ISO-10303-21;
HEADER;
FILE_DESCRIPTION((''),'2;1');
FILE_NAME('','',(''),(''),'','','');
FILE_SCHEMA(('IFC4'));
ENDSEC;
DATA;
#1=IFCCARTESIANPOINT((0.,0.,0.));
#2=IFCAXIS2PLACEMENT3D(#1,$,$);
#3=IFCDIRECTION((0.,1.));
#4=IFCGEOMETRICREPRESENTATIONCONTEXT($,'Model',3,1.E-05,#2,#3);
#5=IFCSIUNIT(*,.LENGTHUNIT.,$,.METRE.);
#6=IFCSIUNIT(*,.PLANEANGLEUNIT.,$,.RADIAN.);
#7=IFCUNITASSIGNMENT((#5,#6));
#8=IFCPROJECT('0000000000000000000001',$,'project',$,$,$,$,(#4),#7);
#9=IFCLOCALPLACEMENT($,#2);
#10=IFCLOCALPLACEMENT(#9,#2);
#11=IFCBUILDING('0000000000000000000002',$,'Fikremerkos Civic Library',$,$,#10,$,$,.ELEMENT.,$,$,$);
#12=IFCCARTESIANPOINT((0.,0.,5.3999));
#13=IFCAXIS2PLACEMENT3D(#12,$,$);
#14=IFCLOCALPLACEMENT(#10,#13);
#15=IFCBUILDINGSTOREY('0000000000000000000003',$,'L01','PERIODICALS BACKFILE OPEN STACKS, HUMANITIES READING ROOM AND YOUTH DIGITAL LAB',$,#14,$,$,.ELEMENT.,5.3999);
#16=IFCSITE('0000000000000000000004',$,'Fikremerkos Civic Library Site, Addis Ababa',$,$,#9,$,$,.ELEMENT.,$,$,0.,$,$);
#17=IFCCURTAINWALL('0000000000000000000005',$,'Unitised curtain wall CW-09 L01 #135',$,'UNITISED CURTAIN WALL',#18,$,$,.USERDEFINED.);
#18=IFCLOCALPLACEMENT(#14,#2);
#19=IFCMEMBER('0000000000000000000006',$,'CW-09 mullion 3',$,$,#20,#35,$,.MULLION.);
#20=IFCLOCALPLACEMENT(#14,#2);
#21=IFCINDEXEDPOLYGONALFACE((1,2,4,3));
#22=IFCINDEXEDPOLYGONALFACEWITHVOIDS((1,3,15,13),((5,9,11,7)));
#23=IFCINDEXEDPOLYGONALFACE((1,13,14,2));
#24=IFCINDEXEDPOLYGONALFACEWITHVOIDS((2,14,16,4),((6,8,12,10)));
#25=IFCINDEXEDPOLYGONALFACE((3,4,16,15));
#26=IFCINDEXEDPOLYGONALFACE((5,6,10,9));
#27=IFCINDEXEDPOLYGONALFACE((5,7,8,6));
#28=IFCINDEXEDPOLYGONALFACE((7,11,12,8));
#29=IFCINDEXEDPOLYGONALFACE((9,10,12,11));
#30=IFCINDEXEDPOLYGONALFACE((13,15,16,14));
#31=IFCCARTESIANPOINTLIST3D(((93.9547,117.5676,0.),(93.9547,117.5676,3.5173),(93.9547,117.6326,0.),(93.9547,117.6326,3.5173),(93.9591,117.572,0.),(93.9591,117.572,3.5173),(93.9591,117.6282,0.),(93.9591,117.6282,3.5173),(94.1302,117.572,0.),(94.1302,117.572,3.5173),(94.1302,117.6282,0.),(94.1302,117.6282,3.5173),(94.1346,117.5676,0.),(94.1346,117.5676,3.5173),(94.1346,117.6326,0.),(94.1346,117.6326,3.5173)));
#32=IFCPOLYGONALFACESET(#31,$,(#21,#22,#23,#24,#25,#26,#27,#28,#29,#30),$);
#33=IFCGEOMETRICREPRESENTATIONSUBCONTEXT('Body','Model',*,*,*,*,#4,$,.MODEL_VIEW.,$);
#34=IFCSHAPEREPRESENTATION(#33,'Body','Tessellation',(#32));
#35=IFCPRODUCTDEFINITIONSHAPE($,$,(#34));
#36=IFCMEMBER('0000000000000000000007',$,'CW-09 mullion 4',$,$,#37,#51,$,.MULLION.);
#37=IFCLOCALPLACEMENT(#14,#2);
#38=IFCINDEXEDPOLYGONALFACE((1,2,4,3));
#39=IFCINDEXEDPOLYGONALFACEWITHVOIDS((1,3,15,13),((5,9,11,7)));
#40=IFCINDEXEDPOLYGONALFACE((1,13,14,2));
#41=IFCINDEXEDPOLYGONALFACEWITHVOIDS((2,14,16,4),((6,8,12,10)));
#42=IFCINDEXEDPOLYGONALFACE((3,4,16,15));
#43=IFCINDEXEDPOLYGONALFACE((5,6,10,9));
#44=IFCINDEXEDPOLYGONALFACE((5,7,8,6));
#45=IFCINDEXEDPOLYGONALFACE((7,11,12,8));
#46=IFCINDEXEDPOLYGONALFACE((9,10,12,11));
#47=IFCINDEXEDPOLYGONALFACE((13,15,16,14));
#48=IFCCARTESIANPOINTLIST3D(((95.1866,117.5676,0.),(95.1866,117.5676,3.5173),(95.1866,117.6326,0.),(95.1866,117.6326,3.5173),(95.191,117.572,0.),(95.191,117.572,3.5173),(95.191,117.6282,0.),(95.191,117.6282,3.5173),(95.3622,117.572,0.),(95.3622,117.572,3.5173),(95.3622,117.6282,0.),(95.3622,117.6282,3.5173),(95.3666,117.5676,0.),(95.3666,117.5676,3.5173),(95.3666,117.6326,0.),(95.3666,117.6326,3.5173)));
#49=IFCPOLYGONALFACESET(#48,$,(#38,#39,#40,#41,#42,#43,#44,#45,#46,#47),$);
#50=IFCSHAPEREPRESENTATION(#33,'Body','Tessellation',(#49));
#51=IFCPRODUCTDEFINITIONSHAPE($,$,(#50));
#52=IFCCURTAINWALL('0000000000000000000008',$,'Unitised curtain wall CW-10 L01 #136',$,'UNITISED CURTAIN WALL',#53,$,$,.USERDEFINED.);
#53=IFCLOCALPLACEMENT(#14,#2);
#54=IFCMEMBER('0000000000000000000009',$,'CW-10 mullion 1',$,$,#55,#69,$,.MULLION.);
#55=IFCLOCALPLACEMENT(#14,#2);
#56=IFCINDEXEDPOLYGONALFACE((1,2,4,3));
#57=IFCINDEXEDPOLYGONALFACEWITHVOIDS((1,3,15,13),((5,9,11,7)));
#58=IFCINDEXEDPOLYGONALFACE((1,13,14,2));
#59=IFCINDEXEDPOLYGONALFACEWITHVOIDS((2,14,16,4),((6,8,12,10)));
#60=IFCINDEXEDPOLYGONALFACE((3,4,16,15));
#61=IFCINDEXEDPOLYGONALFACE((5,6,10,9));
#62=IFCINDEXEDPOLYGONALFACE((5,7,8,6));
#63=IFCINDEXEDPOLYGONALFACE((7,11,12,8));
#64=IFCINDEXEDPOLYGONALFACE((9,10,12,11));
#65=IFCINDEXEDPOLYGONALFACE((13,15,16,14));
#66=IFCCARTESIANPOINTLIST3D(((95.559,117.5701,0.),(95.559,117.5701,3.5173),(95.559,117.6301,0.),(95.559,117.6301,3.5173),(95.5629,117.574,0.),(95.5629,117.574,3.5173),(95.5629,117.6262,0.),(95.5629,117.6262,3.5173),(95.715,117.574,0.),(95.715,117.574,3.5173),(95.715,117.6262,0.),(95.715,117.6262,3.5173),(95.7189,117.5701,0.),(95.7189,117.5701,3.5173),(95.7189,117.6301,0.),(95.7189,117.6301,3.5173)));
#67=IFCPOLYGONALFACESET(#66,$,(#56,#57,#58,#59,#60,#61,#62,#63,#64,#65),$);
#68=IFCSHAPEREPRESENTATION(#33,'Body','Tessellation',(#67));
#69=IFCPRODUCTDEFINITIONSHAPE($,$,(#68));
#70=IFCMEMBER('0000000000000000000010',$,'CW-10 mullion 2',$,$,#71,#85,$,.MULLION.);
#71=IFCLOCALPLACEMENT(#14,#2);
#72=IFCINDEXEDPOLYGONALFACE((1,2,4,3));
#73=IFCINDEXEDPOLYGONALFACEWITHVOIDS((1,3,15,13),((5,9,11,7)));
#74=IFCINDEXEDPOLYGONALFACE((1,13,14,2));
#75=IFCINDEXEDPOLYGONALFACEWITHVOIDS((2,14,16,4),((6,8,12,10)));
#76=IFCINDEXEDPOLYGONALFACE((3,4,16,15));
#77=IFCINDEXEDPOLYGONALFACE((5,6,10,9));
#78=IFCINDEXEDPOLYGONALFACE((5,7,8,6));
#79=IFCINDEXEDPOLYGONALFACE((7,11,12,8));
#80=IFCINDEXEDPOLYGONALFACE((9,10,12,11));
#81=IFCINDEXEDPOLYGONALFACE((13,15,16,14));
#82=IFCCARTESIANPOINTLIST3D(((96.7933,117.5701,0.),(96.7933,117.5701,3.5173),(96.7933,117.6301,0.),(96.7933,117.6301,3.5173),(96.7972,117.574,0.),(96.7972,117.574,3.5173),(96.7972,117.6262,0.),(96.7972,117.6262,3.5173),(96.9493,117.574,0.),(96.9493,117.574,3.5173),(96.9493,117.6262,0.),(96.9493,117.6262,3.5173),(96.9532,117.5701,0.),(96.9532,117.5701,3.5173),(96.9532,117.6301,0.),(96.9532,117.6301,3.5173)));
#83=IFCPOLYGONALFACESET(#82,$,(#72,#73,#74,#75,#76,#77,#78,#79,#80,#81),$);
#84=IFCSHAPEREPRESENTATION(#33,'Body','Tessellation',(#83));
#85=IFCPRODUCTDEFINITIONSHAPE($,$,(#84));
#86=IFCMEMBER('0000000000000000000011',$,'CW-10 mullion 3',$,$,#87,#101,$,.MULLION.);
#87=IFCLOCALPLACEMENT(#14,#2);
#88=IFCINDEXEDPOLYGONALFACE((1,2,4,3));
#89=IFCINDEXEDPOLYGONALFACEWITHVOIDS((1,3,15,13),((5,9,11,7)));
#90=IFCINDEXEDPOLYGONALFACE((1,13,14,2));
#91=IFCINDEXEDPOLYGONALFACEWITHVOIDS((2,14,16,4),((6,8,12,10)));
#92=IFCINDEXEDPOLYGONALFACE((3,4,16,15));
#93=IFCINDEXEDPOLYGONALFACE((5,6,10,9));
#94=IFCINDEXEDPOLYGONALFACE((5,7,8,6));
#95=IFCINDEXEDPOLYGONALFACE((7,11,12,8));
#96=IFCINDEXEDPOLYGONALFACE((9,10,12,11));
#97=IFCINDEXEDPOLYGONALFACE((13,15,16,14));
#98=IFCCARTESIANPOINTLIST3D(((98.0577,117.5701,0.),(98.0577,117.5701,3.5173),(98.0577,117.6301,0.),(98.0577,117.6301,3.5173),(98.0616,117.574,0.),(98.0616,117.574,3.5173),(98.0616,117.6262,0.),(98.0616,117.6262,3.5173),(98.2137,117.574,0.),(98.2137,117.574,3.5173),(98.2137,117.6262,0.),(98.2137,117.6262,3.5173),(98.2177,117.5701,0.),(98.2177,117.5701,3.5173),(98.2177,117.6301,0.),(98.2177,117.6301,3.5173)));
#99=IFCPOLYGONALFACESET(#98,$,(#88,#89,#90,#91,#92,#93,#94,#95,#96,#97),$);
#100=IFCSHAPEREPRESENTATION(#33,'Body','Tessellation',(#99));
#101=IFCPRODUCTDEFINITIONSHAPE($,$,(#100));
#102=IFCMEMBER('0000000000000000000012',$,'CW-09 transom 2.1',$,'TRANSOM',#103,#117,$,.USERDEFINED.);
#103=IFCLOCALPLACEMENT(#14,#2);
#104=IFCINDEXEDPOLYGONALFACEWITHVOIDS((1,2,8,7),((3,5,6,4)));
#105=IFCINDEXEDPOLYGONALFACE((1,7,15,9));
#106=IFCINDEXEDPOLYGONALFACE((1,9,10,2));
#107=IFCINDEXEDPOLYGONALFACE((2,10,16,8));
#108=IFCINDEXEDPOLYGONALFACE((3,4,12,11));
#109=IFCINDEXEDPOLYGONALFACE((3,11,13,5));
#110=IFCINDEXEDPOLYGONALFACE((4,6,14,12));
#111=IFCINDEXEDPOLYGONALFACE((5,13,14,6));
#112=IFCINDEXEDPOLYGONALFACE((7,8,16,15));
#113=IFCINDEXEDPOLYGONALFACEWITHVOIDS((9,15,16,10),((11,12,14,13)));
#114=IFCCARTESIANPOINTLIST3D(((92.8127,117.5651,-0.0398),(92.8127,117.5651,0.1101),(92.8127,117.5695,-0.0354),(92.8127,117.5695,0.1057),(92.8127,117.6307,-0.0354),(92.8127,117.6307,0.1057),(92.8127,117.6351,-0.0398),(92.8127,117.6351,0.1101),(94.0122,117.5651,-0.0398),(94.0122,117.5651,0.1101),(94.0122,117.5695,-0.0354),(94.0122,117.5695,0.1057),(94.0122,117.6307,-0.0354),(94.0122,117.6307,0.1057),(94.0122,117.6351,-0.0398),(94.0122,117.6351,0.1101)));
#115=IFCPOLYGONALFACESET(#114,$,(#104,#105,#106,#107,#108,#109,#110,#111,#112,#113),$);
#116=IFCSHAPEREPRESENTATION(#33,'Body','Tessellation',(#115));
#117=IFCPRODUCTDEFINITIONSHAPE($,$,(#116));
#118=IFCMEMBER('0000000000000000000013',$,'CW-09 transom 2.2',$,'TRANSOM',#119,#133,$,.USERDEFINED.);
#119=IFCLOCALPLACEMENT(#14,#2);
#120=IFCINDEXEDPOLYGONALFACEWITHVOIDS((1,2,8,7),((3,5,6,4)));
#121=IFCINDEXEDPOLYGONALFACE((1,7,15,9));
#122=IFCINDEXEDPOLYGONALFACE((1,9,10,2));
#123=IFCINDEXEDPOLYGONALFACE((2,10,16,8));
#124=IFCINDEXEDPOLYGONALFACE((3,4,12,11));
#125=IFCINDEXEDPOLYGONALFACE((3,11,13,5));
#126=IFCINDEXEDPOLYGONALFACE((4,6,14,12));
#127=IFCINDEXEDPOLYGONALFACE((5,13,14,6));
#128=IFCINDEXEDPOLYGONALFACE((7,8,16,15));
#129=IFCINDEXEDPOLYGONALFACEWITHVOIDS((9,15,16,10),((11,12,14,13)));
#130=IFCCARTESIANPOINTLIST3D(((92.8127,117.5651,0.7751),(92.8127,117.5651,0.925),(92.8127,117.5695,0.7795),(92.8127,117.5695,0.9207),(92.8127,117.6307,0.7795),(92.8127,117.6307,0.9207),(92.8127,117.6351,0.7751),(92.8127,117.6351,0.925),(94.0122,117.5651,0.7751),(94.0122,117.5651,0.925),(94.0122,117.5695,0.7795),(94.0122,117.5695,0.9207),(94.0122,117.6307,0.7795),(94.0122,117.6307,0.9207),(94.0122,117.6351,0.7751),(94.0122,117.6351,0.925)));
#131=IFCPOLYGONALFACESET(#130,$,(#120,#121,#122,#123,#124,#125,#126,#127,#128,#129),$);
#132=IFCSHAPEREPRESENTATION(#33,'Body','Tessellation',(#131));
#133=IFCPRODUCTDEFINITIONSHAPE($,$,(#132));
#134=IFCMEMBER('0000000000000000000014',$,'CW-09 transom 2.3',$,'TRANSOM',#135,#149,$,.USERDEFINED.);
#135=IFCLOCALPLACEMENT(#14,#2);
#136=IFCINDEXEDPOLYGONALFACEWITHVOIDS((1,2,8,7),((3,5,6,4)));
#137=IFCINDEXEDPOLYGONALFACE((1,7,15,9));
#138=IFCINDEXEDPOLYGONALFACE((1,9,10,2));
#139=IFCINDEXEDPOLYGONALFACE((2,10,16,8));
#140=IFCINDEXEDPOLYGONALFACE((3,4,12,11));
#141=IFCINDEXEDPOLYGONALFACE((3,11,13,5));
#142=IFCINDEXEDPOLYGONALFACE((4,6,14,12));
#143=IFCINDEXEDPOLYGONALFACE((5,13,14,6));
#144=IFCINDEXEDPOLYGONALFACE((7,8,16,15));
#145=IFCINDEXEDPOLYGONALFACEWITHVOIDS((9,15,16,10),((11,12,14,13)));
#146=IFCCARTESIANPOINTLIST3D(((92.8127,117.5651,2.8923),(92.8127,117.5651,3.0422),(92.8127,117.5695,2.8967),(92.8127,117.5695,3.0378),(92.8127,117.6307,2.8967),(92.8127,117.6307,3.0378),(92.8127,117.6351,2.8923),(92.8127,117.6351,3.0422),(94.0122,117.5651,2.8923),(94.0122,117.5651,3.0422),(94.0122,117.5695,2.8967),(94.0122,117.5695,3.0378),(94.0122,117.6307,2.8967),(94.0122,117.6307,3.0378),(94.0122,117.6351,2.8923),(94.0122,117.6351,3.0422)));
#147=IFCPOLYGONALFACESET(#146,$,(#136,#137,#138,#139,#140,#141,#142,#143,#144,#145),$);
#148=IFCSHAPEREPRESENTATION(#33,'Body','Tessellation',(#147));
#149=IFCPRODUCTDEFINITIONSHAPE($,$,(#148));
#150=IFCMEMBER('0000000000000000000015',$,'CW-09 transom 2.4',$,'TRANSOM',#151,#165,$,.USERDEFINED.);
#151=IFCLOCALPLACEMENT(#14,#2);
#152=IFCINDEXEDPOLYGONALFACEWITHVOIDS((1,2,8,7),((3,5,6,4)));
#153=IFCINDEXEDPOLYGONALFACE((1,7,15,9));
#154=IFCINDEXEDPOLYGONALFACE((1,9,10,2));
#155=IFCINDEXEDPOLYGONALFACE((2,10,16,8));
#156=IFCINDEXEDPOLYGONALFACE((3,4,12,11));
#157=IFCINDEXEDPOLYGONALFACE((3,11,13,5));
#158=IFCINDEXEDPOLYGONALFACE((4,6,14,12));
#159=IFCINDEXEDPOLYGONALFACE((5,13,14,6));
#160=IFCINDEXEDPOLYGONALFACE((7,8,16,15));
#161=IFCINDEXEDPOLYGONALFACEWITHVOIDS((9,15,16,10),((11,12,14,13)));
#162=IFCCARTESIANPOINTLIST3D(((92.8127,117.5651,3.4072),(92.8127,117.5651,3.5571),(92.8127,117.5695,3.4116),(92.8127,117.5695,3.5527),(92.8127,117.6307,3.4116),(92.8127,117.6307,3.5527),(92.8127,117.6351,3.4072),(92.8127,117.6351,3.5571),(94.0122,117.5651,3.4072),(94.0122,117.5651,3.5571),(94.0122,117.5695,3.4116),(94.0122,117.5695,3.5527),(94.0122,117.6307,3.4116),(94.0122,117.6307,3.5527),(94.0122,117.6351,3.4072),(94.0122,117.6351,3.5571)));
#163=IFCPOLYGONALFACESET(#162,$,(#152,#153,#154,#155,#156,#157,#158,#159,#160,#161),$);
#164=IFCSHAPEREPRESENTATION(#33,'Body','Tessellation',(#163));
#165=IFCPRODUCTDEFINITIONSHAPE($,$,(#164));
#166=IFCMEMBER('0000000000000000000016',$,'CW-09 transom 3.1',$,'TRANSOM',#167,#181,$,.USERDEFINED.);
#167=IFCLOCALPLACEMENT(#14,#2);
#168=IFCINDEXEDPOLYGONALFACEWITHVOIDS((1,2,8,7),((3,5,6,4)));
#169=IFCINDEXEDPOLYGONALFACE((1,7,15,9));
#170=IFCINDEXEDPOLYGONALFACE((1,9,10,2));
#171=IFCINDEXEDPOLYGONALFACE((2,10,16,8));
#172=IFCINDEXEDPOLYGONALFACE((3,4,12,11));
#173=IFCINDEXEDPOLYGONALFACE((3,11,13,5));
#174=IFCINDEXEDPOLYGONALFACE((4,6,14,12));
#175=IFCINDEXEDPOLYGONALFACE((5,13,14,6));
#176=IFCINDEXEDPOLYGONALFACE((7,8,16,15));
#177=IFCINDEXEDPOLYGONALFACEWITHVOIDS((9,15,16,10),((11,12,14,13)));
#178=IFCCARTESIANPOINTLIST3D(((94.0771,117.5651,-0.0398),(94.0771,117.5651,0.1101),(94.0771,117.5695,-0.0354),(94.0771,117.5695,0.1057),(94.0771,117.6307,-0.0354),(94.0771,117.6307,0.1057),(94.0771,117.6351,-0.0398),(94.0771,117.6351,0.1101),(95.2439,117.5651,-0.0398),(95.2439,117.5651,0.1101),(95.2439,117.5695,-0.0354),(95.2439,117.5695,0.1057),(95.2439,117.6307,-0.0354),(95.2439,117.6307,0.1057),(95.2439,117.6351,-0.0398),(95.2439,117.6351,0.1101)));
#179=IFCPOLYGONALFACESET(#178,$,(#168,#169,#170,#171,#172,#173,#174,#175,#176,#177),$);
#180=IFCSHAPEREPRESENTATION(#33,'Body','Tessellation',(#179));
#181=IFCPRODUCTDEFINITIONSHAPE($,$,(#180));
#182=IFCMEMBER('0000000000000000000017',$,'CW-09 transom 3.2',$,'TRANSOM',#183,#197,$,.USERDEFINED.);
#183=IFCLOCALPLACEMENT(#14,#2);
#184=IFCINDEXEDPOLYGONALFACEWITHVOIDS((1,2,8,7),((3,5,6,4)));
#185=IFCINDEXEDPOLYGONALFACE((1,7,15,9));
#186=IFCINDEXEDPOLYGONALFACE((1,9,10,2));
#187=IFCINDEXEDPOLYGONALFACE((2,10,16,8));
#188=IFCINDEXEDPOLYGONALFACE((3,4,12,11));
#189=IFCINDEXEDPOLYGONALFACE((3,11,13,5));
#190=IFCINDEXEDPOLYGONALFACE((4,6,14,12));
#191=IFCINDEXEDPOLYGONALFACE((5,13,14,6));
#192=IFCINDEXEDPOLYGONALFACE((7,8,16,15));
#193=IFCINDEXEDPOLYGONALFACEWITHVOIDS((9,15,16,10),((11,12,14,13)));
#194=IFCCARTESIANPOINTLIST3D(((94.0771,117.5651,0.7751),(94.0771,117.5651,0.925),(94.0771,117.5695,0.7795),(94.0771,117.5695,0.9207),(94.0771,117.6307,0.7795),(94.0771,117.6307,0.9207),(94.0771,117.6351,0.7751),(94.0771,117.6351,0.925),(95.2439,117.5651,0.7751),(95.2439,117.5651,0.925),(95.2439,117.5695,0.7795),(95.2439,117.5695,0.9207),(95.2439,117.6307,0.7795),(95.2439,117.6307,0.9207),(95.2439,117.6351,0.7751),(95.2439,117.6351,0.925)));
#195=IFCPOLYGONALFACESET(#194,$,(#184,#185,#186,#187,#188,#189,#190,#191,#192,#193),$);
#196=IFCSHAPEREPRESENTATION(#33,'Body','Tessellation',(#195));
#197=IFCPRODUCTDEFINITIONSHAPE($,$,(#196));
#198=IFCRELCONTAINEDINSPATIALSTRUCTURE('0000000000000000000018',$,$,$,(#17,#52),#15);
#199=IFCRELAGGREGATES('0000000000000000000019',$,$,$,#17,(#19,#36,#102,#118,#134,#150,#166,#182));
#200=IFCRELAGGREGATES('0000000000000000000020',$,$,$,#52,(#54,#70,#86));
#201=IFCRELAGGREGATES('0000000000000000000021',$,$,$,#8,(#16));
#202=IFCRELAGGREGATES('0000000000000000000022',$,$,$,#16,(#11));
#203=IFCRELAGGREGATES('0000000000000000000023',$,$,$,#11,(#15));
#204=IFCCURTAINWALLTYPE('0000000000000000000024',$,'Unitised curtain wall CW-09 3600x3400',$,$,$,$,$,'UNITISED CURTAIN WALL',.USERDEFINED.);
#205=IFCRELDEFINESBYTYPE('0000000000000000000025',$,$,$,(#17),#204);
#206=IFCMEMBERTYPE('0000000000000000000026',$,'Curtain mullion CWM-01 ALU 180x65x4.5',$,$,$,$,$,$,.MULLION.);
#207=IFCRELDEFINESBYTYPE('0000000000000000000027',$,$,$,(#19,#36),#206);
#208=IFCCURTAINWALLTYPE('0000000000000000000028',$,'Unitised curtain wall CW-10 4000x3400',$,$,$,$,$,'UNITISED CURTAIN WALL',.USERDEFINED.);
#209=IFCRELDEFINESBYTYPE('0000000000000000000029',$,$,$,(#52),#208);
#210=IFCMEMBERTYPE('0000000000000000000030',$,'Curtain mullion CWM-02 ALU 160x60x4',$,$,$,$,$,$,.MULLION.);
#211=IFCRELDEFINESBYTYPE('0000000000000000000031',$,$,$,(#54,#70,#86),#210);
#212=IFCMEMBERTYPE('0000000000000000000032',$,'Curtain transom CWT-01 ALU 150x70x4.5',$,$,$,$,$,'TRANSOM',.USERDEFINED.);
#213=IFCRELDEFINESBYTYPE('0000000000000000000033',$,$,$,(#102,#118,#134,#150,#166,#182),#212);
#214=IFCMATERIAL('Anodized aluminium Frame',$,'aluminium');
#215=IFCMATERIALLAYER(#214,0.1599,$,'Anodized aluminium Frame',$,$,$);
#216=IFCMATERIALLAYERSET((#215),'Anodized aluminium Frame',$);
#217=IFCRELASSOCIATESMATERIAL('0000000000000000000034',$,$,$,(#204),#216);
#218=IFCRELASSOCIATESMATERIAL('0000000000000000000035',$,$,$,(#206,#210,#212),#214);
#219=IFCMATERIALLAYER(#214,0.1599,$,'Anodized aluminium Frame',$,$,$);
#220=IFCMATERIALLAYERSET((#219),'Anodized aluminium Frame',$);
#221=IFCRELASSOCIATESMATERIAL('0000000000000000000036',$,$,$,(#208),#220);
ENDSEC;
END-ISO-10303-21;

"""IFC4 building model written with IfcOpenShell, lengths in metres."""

from ifc_helpers import new_model, si_unit, direction, frame, origin, origin_2d, place, context, subcontext, project, spatial, hollow_rectangle, extrude, material, layer, layer_set, material_profile, profile_set, type_object, element, aggregate, save


model = new_model("IFC4")

# Units and contexts
model_context = context("Model", 3, precision=1e-05, world=origin(), true_north=direction((0.0, 1.0)))
body_context = subcontext(model_context, "Body", "Model", "MODEL_VIEW")
ifc_project = project(units=[si_unit("LENGTHUNIT", "METRE"), si_unit("PLANEANGLEUNIT", "RADIAN")], contexts=[model_context])

# Site, building, storey
site_placement = place(None, origin())
site = spatial("IfcSite", under=ifc_project, at=site_placement, Name="Fikremerkos Civic Library Site, Addis Ababa", CompositionType="ELEMENT", RefElevation=0.0)
building_placement = place(site_placement, origin())
building = spatial("IfcBuilding", under=site, at=building_placement, Name="Fikremerkos Civic Library", CompositionType="ELEMENT")
storey_placement = place(building_placement, frame((0.0, 0.0, 5.3999)))
storey = spatial("IfcBuildingStorey", under=building, at=storey_placement, Name="L01", Description="PERIODICALS BACKFILE OPEN STACKS, HUMANITIES READING ROOM AND YOUTH DIGITAL LAB", CompositionType="ELEMENT", Elevation=5.3999)

# Curtain walls, members
ifc_material_1 = material(Name="Anodized aluminium Frame", Category="aluminium")
ifc_layer_1 = layer(ifc_material_1, 0.1599, Name="Anodized aluminium Frame")
ifc_layer_set_1 = layer_set([ifc_layer_1], Name="Anodized aluminium Frame")
curtain_wall_type_1 = type_object("IfcCurtainWallType", Name="Unitised curtain wall CW-09 3600x3400", ElementType="UNITISED CURTAIN WALL", PredefinedType="USERDEFINED", material=ifc_layer_set_1)
curtain_wall_1_placement = place(storey_placement, origin())
curtain_wall_1 = element("IfcCurtainWall", 1, at=curtain_wall_1_placement, inside=storey, type_object=curtain_wall_type_1, Name="Unitised curtain wall CW-09 L01 #135", ObjectType="UNITISED CURTAIN WALL", PredefinedType="USERDEFINED")
ifc_material_profile_1 = material_profile(ifc_material_1, hollow_rectangle(XDim=0.0649, YDim=0.1799, WallThickness=0.0044, at=origin_2d()), Name="ALU 180x65x4.5")
ifc_profile_set_1 = profile_set([ifc_material_profile_1], Name="Anodized aluminium Frame")
member_type_1 = type_object("IfcMemberType", Name="Curtain mullion CWM-01 ALU 180x65x4.5", PredefinedType="MULLION", material=ifc_profile_set_1)
member_1_placement = place(storey_placement, frame((94.0447, 117.6001, 0.0), z_axis=(0.0, 0.0, 1.0), x_axis=(0.0, 1.0, 0.0)))
member_1 = element("IfcMember", 2, at=member_1_placement, type_object=member_type_1, Name="CW-09 mullion 3", PredefinedType="MULLION", context=body_context, shape_type="SweptSolid", body=[
    extrude(hollow_rectangle(XDim=0.0649, YDim=0.1799, WallThickness=0.0044, at=origin_2d()), origin(), (0.0, 0.0, 1.0), 3.5173),
])
member_2_placement = place(storey_placement, frame((95.2766, 117.6001, 0.0), z_axis=(0.0, 0.0, 1.0), x_axis=(0.0, 1.0, 0.0)))
member_2 = element("IfcMember", 3, at=member_2_placement, type_object=member_type_1, Name="CW-09 mullion 4", PredefinedType="MULLION", context=body_context, shape_type="SweptSolid", body=[
    extrude(hollow_rectangle(XDim=0.0649, YDim=0.1799, WallThickness=0.0044, at=origin_2d()), origin(), (0.0, 0.0, 1.0), 3.5173),
])
ifc_layer_2 = layer(ifc_material_1, 0.1599, Name="Anodized aluminium Frame")
ifc_layer_set_2 = layer_set([ifc_layer_2], Name="Anodized aluminium Frame")
curtain_wall_type_2 = type_object("IfcCurtainWallType", Name="Unitised curtain wall CW-10 4000x3400", ElementType="UNITISED CURTAIN WALL", PredefinedType="USERDEFINED", material=ifc_layer_set_2)
curtain_wall_2_placement = place(storey_placement, origin())
curtain_wall_2 = element("IfcCurtainWall", 4, at=curtain_wall_2_placement, inside=storey, type_object=curtain_wall_type_2, Name="Unitised curtain wall CW-10 L01 #136", ObjectType="UNITISED CURTAIN WALL", PredefinedType="USERDEFINED")
ifc_material_profile_2 = material_profile(ifc_material_1, hollow_rectangle(XDim=0.0601, YDim=0.1599, WallThickness=0.0039, at=origin_2d()), Name="ALU 160x60x4")
ifc_profile_set_2 = profile_set([ifc_material_profile_2], Name="Anodized aluminium Frame")
member_type_2 = type_object("IfcMemberType", Name="Curtain mullion CWM-02 ALU 160x60x4", PredefinedType="MULLION", material=ifc_profile_set_2)
member_3_placement = place(storey_placement, frame((95.6389, 117.6001, 0.0), z_axis=(0.0, 0.0, 1.0), x_axis=(0.0, 1.0, 0.0)))
member_3 = element("IfcMember", 5, at=member_3_placement, type_object=member_type_2, Name="CW-10 mullion 1", PredefinedType="MULLION", context=body_context, shape_type="SweptSolid", body=[
    extrude(hollow_rectangle(XDim=0.0601, YDim=0.1599, WallThickness=0.0039, at=origin_2d()), origin(), (0.0, 0.0, 1.0), 3.5173),
])
member_4_placement = place(storey_placement, frame((96.8733, 117.6001, 0.0), z_axis=(0.0, 0.0, 1.0), x_axis=(0.0, 1.0, 0.0)))
member_4 = element("IfcMember", 6, at=member_4_placement, type_object=member_type_2, Name="CW-10 mullion 2", PredefinedType="MULLION", context=body_context, shape_type="SweptSolid", body=[
    extrude(hollow_rectangle(XDim=0.0601, YDim=0.1599, WallThickness=0.0039, at=origin_2d()), origin(), (0.0, 0.0, 1.0), 3.5173),
])
member_5_placement = place(storey_placement, frame((98.1377, 117.6001, 0.0), z_axis=(0.0, 0.0, 1.0), x_axis=(0.0, 1.0, 0.0)))
member_5 = element("IfcMember", 7, at=member_5_placement, type_object=member_type_2, Name="CW-10 mullion 3", PredefinedType="MULLION", context=body_context, shape_type="SweptSolid", body=[
    extrude(hollow_rectangle(XDim=0.0601, YDim=0.1599, WallThickness=0.0039, at=origin_2d()), origin(), (0.0, 0.0, 1.0), 3.5173),
])

# Members
ifc_material_profile_3 = material_profile(ifc_material_1, hollow_rectangle(XDim=0.0701, YDim=0.1499, WallThickness=0.0044, at=origin_2d()), Name="ALU 150x70x4.5")
ifc_profile_set_3 = profile_set([ifc_material_profile_3], Name="Anodized aluminium Frame")
member_type_3 = type_object("IfcMemberType", Name="Curtain transom CWT-01 ALU 150x70x4.5", ElementType="TRANSOM", PredefinedType="USERDEFINED", material=ifc_profile_set_3)
member_6_placement = place(storey_placement, frame((92.8127, 117.6001, 0.0352), z_axis=(1.0, 0.0, 0.0), x_axis=(0.0, 1.0, 0.0)))
member_6 = element("IfcMember", 8, at=member_6_placement, type_object=member_type_3, Name="CW-09 transom 2.1", ObjectType="TRANSOM", PredefinedType="USERDEFINED", context=body_context, shape_type="SweptSolid", body=[
    extrude(hollow_rectangle(XDim=0.0701, YDim=0.1499, WallThickness=0.0044, at=origin_2d()), origin(), (0.0, 0.0, 1.0), 1.1995),
])
member_7_placement = place(storey_placement, frame((92.8127, 117.6001, 0.8501), z_axis=(1.0, 0.0, 0.0), x_axis=(0.0, 1.0, 0.0)))
member_7 = element("IfcMember", 9, at=member_7_placement, type_object=member_type_3, Name="CW-09 transom 2.2", ObjectType="TRANSOM", PredefinedType="USERDEFINED", context=body_context, shape_type="SweptSolid", body=[
    extrude(hollow_rectangle(XDim=0.0701, YDim=0.1499, WallThickness=0.0044, at=origin_2d()), origin(), (0.0, 0.0, 1.0), 1.1995),
])
member_8_placement = place(storey_placement, frame((92.8127, 117.6001, 2.9673), z_axis=(1.0, 0.0, 0.0), x_axis=(0.0, 1.0, 0.0)))
member_8 = element("IfcMember", 10, at=member_8_placement, type_object=member_type_3, Name="CW-09 transom 2.3", ObjectType="TRANSOM", PredefinedType="USERDEFINED", context=body_context, shape_type="SweptSolid", body=[
    extrude(hollow_rectangle(XDim=0.0701, YDim=0.1499, WallThickness=0.0044, at=origin_2d()), origin(), (0.0, 0.0, 1.0), 1.1995),
])
member_9_placement = place(storey_placement, frame((92.8127, 117.6001, 3.4822), z_axis=(1.0, 0.0, 0.0), x_axis=(0.0, 1.0, 0.0)))
member_9 = element("IfcMember", 11, at=member_9_placement, type_object=member_type_3, Name="CW-09 transom 2.4", ObjectType="TRANSOM", PredefinedType="USERDEFINED", context=body_context, shape_type="SweptSolid", body=[
    extrude(hollow_rectangle(XDim=0.0701, YDim=0.1499, WallThickness=0.0044, at=origin_2d()), origin(), (0.0, 0.0, 1.0), 1.1995),
])
member_10_placement = place(storey_placement, frame((94.0771, 117.6001, 0.0352), z_axis=(1.0, 0.0, 0.0), x_axis=(0.0, 1.0, 0.0)))
member_10 = element("IfcMember", 12, at=member_10_placement, type_object=member_type_3, Name="CW-09 transom 3.1", ObjectType="TRANSOM", PredefinedType="USERDEFINED", context=body_context, shape_type="SweptSolid", body=[
    extrude(hollow_rectangle(XDim=0.0701, YDim=0.1499, WallThickness=0.0044, at=origin_2d()), origin(), (0.0, 0.0, 1.0), 1.1667),
])
member_11_placement = place(storey_placement, frame((94.0771, 117.6001, 0.8501), z_axis=(1.0, 0.0, 0.0), x_axis=(0.0, 1.0, 0.0)))
member_11 = element("IfcMember", 13, at=member_11_placement, type_object=member_type_3, Name="CW-09 transom 3.2", ObjectType="TRANSOM", PredefinedType="USERDEFINED", context=body_context, shape_type="SweptSolid", body=[
    extrude(hollow_rectangle(XDim=0.0701, YDim=0.1499, WallThickness=0.0044, at=origin_2d()), origin(), (0.0, 0.0, 1.0), 1.1667),
])

aggregate(curtain_wall_1, [member_1, member_2, member_6, member_7, member_8, member_9, member_10, member_11])
aggregate(curtain_wall_2, [member_3, member_4, member_5])

save(model, "model.ifc")
